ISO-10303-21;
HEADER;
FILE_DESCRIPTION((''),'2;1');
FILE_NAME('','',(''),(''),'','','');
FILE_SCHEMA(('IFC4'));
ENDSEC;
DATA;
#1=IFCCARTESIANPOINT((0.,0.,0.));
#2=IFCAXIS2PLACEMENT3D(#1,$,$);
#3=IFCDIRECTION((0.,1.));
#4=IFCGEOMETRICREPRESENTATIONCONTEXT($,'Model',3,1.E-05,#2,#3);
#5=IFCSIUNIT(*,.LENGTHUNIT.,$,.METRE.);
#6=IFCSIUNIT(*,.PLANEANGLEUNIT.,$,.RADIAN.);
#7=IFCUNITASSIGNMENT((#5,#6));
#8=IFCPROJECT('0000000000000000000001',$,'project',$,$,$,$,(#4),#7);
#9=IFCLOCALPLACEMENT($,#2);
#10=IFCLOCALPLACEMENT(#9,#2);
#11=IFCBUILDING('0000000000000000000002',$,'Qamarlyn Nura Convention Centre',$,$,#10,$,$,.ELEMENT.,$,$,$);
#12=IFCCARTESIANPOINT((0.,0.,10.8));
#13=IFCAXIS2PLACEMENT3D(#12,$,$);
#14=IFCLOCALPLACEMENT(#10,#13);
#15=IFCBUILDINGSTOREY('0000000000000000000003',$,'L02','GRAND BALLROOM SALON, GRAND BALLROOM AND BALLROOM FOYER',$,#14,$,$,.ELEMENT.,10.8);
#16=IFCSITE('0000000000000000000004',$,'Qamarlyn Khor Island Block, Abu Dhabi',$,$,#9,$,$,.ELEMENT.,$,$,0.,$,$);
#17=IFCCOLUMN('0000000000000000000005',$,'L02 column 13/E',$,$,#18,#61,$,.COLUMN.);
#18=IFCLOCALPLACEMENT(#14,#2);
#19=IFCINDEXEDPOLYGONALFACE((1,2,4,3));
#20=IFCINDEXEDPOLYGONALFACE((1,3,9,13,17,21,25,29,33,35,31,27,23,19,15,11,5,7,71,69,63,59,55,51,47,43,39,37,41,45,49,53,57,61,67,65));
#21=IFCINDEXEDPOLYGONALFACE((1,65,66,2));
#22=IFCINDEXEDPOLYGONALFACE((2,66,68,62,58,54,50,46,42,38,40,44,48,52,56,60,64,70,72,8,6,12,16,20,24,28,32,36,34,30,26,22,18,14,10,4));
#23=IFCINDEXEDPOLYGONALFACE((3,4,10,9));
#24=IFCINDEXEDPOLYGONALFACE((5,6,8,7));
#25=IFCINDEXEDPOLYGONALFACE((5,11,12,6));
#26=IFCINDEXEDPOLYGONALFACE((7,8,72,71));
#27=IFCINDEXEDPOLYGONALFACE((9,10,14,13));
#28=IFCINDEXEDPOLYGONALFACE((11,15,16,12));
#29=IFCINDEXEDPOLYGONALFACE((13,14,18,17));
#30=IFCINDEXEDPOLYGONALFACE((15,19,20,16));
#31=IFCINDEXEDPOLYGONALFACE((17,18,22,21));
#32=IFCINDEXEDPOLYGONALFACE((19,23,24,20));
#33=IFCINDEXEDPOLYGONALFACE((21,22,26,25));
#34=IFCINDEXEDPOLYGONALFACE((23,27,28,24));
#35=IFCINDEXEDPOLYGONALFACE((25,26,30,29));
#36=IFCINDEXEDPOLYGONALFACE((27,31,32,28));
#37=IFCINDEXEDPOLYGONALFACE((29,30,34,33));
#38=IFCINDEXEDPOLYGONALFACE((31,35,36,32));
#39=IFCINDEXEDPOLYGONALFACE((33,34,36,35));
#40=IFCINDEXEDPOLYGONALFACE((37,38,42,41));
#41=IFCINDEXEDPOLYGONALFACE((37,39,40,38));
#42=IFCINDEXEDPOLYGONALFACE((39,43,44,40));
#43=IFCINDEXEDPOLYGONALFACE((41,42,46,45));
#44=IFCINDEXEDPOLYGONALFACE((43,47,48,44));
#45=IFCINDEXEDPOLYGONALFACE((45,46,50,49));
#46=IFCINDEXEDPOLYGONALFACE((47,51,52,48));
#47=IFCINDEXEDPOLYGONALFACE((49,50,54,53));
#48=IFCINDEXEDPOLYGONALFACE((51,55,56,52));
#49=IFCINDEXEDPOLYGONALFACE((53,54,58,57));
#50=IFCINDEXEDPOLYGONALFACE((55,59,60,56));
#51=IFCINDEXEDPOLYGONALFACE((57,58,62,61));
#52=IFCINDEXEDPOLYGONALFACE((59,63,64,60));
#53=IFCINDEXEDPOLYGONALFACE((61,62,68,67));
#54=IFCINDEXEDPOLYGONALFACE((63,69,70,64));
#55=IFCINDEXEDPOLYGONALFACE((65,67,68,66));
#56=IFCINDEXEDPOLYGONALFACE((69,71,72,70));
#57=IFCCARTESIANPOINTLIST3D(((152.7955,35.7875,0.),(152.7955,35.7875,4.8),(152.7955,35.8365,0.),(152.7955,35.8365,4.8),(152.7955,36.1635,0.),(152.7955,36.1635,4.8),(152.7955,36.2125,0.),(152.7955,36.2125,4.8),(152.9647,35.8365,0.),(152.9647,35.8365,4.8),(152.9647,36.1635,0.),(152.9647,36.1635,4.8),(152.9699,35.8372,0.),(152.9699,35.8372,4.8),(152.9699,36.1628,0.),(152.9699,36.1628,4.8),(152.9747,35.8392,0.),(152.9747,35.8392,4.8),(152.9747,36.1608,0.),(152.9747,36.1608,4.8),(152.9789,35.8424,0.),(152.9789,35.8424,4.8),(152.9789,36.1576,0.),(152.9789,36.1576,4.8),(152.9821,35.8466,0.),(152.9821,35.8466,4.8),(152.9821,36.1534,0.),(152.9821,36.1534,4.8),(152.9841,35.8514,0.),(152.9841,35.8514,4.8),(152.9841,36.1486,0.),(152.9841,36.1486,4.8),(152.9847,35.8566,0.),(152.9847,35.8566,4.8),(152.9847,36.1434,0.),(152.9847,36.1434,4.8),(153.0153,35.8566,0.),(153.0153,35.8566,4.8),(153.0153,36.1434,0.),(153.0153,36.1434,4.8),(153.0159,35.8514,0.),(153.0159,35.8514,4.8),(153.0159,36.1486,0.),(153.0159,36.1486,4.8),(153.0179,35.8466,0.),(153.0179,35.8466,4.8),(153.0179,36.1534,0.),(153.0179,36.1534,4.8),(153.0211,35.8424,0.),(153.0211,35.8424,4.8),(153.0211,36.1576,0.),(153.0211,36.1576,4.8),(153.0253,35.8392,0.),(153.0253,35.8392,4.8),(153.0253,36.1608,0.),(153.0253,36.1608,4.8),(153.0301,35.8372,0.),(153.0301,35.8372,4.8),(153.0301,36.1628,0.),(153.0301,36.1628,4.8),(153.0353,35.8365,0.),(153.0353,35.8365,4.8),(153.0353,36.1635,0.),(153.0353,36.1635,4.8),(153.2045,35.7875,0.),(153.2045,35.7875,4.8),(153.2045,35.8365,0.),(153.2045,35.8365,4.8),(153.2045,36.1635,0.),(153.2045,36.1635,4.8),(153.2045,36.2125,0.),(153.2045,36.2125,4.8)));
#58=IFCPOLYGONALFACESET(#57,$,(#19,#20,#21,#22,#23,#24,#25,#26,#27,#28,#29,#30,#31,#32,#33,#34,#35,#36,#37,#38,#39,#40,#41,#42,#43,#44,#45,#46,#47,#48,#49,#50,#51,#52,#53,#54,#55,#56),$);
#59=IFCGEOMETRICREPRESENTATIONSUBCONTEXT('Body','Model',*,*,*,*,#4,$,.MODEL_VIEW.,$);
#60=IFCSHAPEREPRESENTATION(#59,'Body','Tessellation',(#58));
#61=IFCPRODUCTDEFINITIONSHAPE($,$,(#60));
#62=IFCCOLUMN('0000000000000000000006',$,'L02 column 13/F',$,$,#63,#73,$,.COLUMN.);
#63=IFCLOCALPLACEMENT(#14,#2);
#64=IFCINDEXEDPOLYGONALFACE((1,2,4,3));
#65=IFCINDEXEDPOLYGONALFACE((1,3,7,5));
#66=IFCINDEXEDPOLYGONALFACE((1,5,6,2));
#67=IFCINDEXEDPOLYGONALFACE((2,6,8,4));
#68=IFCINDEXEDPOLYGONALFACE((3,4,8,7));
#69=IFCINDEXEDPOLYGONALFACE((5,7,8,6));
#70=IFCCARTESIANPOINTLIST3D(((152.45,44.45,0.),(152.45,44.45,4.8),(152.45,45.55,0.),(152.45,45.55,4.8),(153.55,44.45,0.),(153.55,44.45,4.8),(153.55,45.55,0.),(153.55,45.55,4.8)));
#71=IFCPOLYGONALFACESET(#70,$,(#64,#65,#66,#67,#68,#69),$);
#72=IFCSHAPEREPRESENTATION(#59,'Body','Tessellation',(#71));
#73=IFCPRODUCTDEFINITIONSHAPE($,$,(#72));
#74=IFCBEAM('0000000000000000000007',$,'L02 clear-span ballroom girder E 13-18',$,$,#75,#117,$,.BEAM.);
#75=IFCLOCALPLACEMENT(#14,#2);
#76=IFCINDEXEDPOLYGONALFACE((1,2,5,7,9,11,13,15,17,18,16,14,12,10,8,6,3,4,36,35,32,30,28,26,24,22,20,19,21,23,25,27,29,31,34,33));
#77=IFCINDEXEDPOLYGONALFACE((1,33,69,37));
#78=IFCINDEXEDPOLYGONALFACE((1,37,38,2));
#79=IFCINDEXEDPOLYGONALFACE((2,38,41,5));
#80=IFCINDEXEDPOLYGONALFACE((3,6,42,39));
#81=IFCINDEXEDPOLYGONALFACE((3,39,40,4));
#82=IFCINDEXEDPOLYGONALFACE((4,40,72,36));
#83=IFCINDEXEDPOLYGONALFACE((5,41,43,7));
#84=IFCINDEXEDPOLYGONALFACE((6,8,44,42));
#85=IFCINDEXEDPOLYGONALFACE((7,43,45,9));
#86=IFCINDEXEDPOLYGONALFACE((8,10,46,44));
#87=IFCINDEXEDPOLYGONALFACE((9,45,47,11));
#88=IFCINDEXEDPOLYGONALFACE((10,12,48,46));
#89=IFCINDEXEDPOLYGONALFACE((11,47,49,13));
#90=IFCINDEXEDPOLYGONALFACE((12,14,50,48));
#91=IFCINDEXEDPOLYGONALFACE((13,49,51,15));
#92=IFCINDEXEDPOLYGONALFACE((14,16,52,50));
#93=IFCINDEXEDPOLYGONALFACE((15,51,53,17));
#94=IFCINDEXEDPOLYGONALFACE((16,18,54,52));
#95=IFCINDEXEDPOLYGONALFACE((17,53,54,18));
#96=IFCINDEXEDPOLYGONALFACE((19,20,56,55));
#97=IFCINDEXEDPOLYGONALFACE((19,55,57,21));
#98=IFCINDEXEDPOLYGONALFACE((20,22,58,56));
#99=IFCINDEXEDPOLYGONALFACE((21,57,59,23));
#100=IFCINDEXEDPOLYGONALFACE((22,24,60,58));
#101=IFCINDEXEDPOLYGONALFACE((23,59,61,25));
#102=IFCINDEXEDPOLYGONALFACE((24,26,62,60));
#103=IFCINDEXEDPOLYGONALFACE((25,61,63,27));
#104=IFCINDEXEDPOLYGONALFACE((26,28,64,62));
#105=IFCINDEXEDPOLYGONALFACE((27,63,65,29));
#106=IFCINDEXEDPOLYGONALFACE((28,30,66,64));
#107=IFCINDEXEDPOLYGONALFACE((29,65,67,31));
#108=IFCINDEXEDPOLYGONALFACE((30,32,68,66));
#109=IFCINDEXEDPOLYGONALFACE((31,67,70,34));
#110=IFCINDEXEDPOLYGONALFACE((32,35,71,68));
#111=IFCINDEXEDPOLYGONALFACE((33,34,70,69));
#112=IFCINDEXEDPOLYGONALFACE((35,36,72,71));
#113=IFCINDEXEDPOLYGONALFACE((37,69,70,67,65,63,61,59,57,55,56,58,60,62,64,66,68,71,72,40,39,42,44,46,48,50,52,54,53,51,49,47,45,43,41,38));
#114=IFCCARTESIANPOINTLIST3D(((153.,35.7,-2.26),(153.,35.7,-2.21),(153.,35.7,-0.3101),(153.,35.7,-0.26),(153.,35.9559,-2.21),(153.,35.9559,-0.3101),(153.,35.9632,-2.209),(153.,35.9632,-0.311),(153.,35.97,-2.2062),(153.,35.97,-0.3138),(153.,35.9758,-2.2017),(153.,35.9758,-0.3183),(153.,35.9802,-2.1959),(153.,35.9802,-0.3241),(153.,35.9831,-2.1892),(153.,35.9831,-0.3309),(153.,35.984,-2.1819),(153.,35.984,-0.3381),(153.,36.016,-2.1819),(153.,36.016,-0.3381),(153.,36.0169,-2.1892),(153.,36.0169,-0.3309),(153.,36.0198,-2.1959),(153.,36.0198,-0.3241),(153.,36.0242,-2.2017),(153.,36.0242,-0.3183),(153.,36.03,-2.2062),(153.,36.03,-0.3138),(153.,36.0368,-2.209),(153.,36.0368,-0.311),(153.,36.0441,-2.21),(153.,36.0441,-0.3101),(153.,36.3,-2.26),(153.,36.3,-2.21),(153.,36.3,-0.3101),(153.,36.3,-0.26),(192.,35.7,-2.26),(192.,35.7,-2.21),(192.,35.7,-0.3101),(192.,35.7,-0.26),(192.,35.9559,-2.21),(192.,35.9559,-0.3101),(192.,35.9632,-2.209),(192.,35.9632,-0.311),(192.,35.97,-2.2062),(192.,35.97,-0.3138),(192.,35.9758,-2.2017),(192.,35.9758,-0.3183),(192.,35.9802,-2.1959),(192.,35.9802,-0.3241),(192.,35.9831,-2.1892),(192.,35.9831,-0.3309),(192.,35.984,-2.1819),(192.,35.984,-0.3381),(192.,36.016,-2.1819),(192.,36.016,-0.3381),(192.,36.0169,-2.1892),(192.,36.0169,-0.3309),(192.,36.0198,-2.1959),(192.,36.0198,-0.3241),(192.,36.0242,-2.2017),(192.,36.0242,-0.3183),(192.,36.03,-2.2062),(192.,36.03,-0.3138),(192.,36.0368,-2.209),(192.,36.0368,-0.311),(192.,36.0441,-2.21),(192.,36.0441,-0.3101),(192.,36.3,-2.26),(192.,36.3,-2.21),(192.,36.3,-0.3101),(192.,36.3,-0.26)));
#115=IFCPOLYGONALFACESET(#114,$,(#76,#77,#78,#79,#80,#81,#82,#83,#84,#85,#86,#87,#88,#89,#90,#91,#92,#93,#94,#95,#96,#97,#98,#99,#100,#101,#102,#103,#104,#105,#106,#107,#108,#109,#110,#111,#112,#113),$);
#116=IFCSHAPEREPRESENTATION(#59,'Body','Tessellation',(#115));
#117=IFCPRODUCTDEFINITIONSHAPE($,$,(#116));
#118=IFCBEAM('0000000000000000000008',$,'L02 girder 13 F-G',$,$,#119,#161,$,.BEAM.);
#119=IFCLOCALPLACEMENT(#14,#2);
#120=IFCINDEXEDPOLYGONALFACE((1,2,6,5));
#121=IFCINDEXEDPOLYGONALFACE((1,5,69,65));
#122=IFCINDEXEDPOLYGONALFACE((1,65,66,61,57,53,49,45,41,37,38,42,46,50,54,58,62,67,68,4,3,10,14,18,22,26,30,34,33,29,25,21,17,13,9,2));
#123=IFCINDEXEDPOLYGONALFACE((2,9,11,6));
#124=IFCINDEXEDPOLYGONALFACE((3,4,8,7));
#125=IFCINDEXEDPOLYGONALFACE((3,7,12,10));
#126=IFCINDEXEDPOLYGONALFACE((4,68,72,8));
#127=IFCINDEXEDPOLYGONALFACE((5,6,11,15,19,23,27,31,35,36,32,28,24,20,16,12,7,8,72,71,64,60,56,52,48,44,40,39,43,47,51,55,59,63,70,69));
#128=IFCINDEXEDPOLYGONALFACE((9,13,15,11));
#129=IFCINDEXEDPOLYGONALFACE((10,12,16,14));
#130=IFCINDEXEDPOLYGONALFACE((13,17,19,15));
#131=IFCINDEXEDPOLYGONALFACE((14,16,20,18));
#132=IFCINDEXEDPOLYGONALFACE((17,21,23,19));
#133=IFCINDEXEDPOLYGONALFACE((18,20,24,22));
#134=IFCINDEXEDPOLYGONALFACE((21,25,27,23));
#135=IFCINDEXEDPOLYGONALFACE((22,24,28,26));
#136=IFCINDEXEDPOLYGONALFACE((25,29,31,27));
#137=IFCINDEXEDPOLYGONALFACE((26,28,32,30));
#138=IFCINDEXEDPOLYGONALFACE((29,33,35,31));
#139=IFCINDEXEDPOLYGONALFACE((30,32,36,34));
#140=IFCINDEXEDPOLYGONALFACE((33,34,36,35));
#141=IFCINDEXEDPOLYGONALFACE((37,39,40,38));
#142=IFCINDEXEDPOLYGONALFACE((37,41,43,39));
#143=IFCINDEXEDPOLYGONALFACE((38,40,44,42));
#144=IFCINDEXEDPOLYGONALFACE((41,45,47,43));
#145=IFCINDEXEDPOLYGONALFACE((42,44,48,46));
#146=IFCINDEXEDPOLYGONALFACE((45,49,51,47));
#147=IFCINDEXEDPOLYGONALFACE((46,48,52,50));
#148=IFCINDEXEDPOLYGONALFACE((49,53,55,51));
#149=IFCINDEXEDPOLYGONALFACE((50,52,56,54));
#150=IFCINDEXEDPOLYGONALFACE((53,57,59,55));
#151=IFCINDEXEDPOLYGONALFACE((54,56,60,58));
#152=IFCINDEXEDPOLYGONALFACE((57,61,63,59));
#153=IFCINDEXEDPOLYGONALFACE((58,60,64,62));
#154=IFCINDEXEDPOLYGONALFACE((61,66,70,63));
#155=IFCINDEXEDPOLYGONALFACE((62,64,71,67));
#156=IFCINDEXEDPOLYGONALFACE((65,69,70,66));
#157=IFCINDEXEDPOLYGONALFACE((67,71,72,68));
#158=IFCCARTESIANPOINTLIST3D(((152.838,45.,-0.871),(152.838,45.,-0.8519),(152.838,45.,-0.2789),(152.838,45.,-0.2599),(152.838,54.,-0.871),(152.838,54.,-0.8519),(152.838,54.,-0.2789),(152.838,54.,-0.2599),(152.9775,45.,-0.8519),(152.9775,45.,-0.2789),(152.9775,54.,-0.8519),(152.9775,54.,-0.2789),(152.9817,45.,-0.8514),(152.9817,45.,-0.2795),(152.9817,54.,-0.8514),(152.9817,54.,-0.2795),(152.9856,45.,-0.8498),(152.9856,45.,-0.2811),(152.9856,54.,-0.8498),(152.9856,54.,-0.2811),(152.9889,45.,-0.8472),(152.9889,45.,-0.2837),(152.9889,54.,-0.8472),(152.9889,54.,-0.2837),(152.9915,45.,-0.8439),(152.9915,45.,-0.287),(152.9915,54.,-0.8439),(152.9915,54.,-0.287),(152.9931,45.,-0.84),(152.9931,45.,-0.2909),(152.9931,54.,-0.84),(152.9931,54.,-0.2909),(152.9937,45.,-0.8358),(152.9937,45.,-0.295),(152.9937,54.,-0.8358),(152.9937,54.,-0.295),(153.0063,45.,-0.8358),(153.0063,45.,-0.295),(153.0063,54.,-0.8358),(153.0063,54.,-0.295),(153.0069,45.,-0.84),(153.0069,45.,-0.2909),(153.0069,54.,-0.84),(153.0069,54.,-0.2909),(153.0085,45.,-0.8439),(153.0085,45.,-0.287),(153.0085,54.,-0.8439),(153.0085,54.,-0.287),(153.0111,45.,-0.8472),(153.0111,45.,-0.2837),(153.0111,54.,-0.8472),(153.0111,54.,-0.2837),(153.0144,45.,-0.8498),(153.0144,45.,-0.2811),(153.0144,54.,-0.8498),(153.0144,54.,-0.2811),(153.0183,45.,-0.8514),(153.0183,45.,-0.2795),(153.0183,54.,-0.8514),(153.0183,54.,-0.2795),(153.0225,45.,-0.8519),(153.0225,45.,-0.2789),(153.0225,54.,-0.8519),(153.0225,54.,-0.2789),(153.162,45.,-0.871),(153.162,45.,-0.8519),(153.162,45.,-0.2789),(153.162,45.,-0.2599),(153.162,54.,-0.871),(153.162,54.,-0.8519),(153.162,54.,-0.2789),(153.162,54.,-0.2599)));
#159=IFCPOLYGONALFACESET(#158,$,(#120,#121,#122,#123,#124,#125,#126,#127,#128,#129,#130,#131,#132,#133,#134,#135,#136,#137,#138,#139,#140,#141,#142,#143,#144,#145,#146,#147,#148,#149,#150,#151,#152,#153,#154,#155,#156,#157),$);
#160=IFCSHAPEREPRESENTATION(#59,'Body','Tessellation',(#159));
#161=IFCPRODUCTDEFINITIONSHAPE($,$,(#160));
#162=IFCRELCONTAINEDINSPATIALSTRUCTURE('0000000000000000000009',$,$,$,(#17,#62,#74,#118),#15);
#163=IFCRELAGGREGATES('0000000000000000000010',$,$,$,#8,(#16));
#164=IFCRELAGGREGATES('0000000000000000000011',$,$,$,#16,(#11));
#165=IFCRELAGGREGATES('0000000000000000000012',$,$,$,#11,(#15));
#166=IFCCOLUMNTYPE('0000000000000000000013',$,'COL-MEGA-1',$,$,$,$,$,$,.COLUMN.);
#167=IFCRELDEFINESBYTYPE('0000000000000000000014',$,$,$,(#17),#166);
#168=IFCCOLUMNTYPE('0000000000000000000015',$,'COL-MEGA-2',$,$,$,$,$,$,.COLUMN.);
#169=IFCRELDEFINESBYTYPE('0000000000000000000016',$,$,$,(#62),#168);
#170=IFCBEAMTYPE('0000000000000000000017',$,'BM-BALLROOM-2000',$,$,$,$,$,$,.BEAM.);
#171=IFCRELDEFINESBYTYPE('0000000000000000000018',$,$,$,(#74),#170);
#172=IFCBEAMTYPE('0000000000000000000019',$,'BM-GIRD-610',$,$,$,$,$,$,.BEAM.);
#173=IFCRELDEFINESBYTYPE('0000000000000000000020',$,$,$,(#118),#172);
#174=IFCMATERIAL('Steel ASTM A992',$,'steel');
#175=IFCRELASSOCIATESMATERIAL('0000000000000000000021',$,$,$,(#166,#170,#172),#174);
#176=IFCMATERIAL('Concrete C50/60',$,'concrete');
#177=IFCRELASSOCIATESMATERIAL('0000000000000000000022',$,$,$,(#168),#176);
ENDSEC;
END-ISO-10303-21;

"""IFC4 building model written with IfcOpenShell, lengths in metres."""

from ifc_helpers import new_model, si_unit, direction, frame, origin, origin_2d, place, context, subcontext, project, spatial, rectangle, i_section, extrude, material, material_profile, profile_set, type_object, element, save


model = new_model("IFC4")

# Units and contexts
model_context = context("Model", 3, precision=1e-05, world=origin(), true_north=direction((0.0, 1.0)))
body_context = subcontext(model_context, "Body", "Model", "MODEL_VIEW")
ifc_project = project(units=[si_unit("LENGTHUNIT", "METRE"), si_unit("PLANEANGLEUNIT", "RADIAN")], contexts=[model_context])

# Site, building, storey
site_placement = place(None, origin())
site = spatial("IfcSite", under=ifc_project, at=site_placement, Name="Qamarlyn Khor Island Block, Abu Dhabi", CompositionType="ELEMENT", RefElevation=0.0)
building_placement = place(site_placement, origin())
building = spatial("IfcBuilding", under=site, at=building_placement, Name="Qamarlyn Nura Convention Centre", CompositionType="ELEMENT")
storey_placement = place(building_placement, frame((0.0, 0.0, 10.8)))
storey = spatial("IfcBuildingStorey", under=building, at=storey_placement, Name="L02", Description="GRAND BALLROOM SALON, GRAND BALLROOM AND BALLROOM FOYER", CompositionType="ELEMENT", Elevation=10.8)

# Columns
ifc_material_1 = material(Name="Steel ASTM A992", Category="steel")
ifc_material_profile_1 = material_profile(ifc_material_1, i_section(OverallWidth=0.4089, OverallDepth=0.425, WebThickness=0.0305, FlangeThickness=0.0491, FilletRadius=0.02, at=origin_2d()), Name="W360X421")
ifc_profile_set_1 = profile_set([ifc_material_profile_1], Name="Steel ASTM A992")
column_type_1 = type_object("IfcColumnType", Name="COL-MEGA-1", PredefinedType="COLUMN", material=ifc_profile_set_1)
column_1_placement = place(storey_placement, frame((153.0, 36.0, 0.0), z_axis=(0.0, 0.0, 1.0), x_axis=(1.0, 0.0, 0.0)))
element("IfcColumn", 1, at=column_1_placement, inside=storey, type_object=column_type_1, Name="L02 column 13/E", PredefinedType="COLUMN", context=body_context, shape_type="SweptSolid", body=[
    extrude(i_section(OverallWidth=0.4089, OverallDepth=0.425, WebThickness=0.0305, FlangeThickness=0.0491, FilletRadius=0.02, at=origin_2d()), origin(), (0.0, 0.0, 1.0), 4.8),
])
ifc_material_2 = material(Name="Concrete C50/60", Category="concrete")
ifc_material_profile_2 = material_profile(ifc_material_2, rectangle(XDim=1.1001, YDim=1.1001, at=origin_2d()), Name="RC 1100x1100")
ifc_profile_set_2 = profile_set([ifc_material_profile_2], Name="Concrete C50/60")
column_type_2 = type_object("IfcColumnType", Name="COL-MEGA-2", PredefinedType="COLUMN", material=ifc_profile_set_2)
column_2_placement = place(storey_placement, frame((153.0, 45.0, 0.0), z_axis=(0.0, 0.0, 1.0), x_axis=(1.0, 0.0, 0.0)))
element("IfcColumn", 2, at=column_2_placement, inside=storey, type_object=column_type_2, Name="L02 column 13/F", PredefinedType="COLUMN", context=body_context, shape_type="SweptSolid", body=[
    extrude(rectangle(XDim=1.1001, YDim=1.1001, at=origin_2d()), origin(), (0.0, 0.0, 1.0), 4.8),
])

# Beams
ifc_material_profile_3 = material_profile(ifc_material_1, i_section(OverallWidth=0.6001, OverallDepth=2.0, WebThickness=0.032, FlangeThickness=0.05, FilletRadius=0.0281, at=origin_2d()), Name="W2000X600")
ifc_profile_set_3 = profile_set([ifc_material_profile_3], Name="Steel ASTM A992")
beam_type_1 = type_object("IfcBeamType", Name="BM-BALLROOM-2000", PredefinedType="BEAM", material=ifc_profile_set_3)
beam_1_placement = place(storey_placement, frame((153.0, 36.0, -1.26), z_axis=(1.0, 0.0, 0.0), x_axis=(0.0, 1.0, 0.0)))
element("IfcBeam", 3, at=beam_1_placement, inside=storey, type_object=beam_type_1, Name="L02 clear-span ballroom girder E 13-18", PredefinedType="BEAM", context=body_context, shape_type="SweptSolid", body=[
    extrude(i_section(OverallWidth=0.6001, OverallDepth=2.0, WebThickness=0.032, FlangeThickness=0.05, FilletRadius=0.0281, at=origin_2d()), origin(), (0.0, 0.0, 1.0), 39.0),
])
ifc_material_profile_4 = material_profile(ifc_material_1, i_section(OverallWidth=0.324, OverallDepth=0.6111, WebThickness=0.0127, FlangeThickness=0.019, FilletRadius=0.0161, at=origin_2d()), Name="W610X155")
ifc_profile_set_4 = profile_set([ifc_material_profile_4], Name="Steel ASTM A992")
beam_type_2 = type_object("IfcBeamType", Name="BM-GIRD-610", PredefinedType="BEAM", material=ifc_profile_set_4)
beam_2_placement = place(storey_placement, frame((153.0, 45.0, -0.5654), z_axis=(0.0, 1.0, 0.0), x_axis=(-1.0, 0.0, 0.0)))
element("IfcBeam", 4, at=beam_2_placement, inside=storey, type_object=beam_type_2, Name="L02 girder 13 F-G", PredefinedType="BEAM", context=body_context, shape_type="SweptSolid", body=[
    extrude(i_section(OverallWidth=0.324, OverallDepth=0.6111, WebThickness=0.0127, FlangeThickness=0.019, FilletRadius=0.0161, at=origin_2d()), origin(), (0.0, 0.0, 1.0), 9.0),
])

save(model, "model.ifc")
